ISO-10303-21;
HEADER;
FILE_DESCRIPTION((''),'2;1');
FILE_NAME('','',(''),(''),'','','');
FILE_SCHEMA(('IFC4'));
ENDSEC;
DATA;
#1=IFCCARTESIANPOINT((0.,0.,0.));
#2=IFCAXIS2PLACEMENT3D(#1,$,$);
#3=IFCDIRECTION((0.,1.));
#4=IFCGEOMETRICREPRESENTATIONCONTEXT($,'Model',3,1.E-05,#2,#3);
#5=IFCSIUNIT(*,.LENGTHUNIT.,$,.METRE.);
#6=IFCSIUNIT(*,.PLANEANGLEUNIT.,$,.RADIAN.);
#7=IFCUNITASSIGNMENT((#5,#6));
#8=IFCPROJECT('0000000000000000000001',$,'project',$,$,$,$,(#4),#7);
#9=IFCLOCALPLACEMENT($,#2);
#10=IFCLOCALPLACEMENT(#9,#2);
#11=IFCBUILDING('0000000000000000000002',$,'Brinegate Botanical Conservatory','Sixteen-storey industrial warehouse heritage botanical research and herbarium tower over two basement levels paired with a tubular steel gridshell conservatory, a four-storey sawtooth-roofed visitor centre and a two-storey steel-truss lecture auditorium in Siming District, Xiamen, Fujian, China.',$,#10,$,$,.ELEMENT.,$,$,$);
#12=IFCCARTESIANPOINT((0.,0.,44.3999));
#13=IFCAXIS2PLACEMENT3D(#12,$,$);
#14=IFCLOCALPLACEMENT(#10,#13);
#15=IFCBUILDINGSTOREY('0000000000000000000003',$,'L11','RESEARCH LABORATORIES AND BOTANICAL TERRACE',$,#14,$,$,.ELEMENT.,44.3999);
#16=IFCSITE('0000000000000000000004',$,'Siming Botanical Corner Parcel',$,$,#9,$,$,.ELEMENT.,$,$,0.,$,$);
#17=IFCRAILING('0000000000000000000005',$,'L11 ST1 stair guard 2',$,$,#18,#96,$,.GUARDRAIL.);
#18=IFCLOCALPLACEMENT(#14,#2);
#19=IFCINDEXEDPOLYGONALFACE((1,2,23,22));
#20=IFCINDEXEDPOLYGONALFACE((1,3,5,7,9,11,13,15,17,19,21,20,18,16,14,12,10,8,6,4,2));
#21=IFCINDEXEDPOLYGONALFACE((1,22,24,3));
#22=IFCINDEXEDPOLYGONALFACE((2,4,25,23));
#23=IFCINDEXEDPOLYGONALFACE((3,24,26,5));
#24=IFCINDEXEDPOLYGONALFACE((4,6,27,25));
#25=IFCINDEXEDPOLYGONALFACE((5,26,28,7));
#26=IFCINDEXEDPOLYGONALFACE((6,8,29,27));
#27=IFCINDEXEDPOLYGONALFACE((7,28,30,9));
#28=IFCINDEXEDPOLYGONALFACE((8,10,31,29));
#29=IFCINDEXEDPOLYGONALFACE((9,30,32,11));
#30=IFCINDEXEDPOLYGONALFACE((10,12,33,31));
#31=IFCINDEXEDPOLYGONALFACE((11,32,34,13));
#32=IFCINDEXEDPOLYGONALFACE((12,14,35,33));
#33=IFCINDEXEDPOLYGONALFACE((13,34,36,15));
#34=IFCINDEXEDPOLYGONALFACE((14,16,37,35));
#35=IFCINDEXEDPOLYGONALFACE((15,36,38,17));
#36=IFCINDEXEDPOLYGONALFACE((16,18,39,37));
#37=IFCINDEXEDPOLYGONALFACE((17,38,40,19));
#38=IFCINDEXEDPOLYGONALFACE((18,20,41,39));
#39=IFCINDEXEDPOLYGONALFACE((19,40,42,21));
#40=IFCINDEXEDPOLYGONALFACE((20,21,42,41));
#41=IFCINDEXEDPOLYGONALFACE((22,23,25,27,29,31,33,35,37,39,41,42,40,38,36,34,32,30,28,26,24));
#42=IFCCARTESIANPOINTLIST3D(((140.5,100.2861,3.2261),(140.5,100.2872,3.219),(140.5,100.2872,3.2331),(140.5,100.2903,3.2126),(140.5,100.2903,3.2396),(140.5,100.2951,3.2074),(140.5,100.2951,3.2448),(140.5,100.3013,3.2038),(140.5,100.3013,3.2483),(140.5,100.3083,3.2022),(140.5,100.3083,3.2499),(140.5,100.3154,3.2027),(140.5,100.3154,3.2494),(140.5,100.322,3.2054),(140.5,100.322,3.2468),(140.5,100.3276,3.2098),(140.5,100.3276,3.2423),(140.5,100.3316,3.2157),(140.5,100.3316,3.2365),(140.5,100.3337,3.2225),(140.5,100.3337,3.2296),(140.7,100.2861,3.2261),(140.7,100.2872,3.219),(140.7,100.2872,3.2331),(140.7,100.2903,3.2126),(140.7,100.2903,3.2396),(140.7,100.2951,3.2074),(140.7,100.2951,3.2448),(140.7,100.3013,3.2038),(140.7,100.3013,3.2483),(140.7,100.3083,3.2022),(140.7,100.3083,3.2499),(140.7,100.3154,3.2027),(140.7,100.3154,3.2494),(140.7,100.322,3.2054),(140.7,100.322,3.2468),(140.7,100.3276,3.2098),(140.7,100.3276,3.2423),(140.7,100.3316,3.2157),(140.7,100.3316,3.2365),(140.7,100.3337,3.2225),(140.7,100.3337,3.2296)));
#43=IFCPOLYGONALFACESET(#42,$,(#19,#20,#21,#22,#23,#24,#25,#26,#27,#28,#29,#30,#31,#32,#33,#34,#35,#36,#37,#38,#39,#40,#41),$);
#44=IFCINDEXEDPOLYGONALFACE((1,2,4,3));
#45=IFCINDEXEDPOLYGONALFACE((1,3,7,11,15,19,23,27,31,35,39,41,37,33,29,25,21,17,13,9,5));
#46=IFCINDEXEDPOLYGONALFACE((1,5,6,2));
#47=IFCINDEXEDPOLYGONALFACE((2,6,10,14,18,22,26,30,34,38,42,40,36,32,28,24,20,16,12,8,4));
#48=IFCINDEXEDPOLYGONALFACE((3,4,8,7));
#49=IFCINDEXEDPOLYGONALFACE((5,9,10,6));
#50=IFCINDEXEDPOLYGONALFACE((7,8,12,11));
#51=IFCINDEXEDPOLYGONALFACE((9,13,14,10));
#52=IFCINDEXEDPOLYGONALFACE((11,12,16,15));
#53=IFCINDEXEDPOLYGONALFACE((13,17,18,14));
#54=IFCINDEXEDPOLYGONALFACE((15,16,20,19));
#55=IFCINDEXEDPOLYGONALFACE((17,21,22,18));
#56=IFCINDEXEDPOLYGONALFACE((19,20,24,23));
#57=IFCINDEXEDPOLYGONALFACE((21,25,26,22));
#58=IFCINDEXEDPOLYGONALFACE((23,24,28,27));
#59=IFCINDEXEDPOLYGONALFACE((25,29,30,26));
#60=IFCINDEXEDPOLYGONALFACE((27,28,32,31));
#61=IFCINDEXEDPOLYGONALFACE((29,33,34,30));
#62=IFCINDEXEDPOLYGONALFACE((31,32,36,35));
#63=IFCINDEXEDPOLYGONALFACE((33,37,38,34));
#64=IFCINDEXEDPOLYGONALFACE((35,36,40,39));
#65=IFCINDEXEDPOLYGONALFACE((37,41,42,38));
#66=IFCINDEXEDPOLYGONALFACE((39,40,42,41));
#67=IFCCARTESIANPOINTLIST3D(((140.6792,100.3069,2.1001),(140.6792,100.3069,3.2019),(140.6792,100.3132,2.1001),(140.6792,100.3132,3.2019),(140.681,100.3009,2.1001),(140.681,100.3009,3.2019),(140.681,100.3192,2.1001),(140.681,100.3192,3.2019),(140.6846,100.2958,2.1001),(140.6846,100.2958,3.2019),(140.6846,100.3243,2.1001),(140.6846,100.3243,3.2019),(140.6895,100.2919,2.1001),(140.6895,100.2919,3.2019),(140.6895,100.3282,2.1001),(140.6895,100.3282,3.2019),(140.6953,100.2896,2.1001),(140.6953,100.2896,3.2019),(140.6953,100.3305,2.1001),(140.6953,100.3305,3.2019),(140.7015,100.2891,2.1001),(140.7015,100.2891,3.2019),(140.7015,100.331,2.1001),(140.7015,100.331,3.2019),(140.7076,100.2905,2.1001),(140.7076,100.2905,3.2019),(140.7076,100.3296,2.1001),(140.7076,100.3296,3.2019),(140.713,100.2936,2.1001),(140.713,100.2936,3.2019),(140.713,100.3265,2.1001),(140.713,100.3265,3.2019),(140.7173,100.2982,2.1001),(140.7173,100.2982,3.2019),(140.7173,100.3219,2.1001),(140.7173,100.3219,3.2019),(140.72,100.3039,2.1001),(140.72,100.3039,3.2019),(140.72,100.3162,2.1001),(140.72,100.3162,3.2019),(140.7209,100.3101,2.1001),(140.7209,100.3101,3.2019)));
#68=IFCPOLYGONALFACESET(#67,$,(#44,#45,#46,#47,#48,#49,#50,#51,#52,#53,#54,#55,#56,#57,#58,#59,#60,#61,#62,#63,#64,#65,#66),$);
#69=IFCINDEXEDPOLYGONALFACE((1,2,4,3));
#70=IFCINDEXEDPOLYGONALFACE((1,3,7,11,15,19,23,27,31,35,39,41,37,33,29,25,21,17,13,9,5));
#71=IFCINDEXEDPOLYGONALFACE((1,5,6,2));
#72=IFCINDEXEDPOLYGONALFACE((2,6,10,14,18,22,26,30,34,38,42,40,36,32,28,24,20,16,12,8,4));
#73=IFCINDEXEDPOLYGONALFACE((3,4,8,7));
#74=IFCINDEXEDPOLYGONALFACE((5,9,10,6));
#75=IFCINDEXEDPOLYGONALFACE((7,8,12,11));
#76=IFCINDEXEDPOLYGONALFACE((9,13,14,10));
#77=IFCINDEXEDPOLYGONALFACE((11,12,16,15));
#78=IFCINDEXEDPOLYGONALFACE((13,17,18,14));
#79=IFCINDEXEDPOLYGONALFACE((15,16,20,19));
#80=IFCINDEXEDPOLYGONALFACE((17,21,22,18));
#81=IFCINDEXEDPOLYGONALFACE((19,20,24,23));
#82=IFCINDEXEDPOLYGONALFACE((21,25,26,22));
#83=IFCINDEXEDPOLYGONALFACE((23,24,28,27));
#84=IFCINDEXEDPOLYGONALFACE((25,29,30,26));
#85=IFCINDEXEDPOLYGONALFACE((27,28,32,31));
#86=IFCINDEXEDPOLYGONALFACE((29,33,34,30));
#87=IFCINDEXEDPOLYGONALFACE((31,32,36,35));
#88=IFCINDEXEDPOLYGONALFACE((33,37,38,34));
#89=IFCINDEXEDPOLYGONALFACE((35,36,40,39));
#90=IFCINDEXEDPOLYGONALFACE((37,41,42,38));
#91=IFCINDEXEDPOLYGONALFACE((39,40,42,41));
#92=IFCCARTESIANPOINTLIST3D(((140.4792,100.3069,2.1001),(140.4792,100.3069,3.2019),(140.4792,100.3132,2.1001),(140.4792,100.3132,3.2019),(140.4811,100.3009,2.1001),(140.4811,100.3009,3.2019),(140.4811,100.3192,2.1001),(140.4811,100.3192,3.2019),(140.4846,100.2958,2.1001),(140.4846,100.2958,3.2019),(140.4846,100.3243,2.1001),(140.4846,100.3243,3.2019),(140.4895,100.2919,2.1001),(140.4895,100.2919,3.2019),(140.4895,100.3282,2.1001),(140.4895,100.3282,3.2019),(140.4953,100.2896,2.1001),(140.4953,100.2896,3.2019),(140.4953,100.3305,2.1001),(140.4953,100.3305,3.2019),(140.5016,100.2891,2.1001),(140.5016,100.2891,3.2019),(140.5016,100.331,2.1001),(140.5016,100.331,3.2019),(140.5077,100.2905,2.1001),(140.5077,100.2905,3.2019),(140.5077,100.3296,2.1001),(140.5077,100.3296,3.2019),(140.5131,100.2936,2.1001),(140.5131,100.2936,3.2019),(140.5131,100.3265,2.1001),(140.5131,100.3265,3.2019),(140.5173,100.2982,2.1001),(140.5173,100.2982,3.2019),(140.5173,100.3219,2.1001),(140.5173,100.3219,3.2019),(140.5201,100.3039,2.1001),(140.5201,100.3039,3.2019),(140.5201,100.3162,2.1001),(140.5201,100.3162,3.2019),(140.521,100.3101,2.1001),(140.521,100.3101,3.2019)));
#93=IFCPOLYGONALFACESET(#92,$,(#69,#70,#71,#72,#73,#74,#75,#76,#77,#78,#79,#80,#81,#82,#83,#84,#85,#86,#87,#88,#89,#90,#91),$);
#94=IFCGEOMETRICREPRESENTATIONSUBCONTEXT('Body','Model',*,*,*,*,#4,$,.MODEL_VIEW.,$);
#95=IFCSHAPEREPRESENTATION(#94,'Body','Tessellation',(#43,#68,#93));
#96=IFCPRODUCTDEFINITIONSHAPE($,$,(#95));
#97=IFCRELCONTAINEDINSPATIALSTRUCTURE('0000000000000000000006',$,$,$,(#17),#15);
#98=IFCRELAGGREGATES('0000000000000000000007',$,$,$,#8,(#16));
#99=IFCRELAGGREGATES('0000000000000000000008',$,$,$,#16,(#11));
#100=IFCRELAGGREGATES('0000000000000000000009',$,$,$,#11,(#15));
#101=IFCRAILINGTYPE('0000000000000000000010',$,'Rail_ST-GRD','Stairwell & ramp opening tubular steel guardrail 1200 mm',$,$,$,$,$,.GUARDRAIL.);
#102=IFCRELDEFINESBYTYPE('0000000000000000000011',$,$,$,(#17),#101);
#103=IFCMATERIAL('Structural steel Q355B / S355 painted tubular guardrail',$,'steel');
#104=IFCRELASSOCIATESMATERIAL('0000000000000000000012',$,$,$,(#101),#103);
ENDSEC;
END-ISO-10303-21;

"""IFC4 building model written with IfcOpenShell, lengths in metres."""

from ifc_helpers import new_model, si_unit, direction, frame, origin, origin_2d, place, context, subcontext, project, spatial, circle, extrude, material, type_object, element, save


model = new_model("IFC4")

# Units and contexts
model_context = context("Model", 3, precision=1e-05, world=origin(), true_north=direction((0.0, 1.0)))
body_context = subcontext(model_context, "Body", "Model", "MODEL_VIEW")
ifc_project = project(units=[si_unit("LENGTHUNIT", "METRE"), si_unit("PLANEANGLEUNIT", "RADIAN")], contexts=[model_context])

# Site, building, storey
site_placement = place(None, origin())
site = spatial("IfcSite", under=ifc_project, at=site_placement, Name="Siming Botanical Corner Parcel", CompositionType="ELEMENT", RefElevation=0.0)
building_placement = place(site_placement, origin())
building = spatial("IfcBuilding", under=site, at=building_placement, Name="Brinegate Botanical Conservatory", Description="Sixteen-storey industrial warehouse heritage botanical research and herbarium tower over two basement levels paired with a tubular steel gridshell conservatory, a four-storey sawtooth-roofed visitor centre and a two-storey steel-truss lecture auditorium in Siming District, Xiamen, Fujian, China.", CompositionType="ELEMENT")
storey_placement = place(building_placement, frame((0.0, 0.0, 44.3999)))
storey = spatial("IfcBuildingStorey", under=building, at=storey_placement, Name="L11", Description="RESEARCH LABORATORIES AND BOTANICAL TERRACE", CompositionType="ELEMENT", Elevation=44.3999)

# Railing
ifc_material_1 = material(Name="Structural steel Q355B / S355 painted tubular guardrail", Category="steel")
railing_type_1 = type_object("IfcRailingType", Name="Rail_ST-GRD", Description="Stairwell & ramp opening tubular steel guardrail 1200 mm", PredefinedType="GUARDRAIL", material=ifc_material_1)
railing_1_placement = place(storey_placement, frame((140.7, 100.3101, 2.1001)))
element("IfcRailing", 1, at=railing_1_placement, inside=storey, type_object=railing_type_1, Name="L11 ST1 stair guard 2", PredefinedType="GUARDRAIL", context=body_context, shape_type="SweptSolid", body=[
    extrude(circle(Radius=0.0239, at=origin_2d()), frame((0.0, 0.0, 1.126), z_axis=(-1.0, 0.0, 0.0), x_axis=(0.0, -1.0, 0.0)), (0.0, 0.0, 1.0), 0.2),
    extrude(circle(Radius=0.021, at=origin_2d()), origin(), (0.0, 0.0, 1.0), 1.1018),
    extrude(circle(Radius=0.021, at=origin_2d()), frame((-0.2, 0.0, 0.0)), (0.0, 0.0, 1.0), 1.1018),
])

save(model, "model.ifc")
